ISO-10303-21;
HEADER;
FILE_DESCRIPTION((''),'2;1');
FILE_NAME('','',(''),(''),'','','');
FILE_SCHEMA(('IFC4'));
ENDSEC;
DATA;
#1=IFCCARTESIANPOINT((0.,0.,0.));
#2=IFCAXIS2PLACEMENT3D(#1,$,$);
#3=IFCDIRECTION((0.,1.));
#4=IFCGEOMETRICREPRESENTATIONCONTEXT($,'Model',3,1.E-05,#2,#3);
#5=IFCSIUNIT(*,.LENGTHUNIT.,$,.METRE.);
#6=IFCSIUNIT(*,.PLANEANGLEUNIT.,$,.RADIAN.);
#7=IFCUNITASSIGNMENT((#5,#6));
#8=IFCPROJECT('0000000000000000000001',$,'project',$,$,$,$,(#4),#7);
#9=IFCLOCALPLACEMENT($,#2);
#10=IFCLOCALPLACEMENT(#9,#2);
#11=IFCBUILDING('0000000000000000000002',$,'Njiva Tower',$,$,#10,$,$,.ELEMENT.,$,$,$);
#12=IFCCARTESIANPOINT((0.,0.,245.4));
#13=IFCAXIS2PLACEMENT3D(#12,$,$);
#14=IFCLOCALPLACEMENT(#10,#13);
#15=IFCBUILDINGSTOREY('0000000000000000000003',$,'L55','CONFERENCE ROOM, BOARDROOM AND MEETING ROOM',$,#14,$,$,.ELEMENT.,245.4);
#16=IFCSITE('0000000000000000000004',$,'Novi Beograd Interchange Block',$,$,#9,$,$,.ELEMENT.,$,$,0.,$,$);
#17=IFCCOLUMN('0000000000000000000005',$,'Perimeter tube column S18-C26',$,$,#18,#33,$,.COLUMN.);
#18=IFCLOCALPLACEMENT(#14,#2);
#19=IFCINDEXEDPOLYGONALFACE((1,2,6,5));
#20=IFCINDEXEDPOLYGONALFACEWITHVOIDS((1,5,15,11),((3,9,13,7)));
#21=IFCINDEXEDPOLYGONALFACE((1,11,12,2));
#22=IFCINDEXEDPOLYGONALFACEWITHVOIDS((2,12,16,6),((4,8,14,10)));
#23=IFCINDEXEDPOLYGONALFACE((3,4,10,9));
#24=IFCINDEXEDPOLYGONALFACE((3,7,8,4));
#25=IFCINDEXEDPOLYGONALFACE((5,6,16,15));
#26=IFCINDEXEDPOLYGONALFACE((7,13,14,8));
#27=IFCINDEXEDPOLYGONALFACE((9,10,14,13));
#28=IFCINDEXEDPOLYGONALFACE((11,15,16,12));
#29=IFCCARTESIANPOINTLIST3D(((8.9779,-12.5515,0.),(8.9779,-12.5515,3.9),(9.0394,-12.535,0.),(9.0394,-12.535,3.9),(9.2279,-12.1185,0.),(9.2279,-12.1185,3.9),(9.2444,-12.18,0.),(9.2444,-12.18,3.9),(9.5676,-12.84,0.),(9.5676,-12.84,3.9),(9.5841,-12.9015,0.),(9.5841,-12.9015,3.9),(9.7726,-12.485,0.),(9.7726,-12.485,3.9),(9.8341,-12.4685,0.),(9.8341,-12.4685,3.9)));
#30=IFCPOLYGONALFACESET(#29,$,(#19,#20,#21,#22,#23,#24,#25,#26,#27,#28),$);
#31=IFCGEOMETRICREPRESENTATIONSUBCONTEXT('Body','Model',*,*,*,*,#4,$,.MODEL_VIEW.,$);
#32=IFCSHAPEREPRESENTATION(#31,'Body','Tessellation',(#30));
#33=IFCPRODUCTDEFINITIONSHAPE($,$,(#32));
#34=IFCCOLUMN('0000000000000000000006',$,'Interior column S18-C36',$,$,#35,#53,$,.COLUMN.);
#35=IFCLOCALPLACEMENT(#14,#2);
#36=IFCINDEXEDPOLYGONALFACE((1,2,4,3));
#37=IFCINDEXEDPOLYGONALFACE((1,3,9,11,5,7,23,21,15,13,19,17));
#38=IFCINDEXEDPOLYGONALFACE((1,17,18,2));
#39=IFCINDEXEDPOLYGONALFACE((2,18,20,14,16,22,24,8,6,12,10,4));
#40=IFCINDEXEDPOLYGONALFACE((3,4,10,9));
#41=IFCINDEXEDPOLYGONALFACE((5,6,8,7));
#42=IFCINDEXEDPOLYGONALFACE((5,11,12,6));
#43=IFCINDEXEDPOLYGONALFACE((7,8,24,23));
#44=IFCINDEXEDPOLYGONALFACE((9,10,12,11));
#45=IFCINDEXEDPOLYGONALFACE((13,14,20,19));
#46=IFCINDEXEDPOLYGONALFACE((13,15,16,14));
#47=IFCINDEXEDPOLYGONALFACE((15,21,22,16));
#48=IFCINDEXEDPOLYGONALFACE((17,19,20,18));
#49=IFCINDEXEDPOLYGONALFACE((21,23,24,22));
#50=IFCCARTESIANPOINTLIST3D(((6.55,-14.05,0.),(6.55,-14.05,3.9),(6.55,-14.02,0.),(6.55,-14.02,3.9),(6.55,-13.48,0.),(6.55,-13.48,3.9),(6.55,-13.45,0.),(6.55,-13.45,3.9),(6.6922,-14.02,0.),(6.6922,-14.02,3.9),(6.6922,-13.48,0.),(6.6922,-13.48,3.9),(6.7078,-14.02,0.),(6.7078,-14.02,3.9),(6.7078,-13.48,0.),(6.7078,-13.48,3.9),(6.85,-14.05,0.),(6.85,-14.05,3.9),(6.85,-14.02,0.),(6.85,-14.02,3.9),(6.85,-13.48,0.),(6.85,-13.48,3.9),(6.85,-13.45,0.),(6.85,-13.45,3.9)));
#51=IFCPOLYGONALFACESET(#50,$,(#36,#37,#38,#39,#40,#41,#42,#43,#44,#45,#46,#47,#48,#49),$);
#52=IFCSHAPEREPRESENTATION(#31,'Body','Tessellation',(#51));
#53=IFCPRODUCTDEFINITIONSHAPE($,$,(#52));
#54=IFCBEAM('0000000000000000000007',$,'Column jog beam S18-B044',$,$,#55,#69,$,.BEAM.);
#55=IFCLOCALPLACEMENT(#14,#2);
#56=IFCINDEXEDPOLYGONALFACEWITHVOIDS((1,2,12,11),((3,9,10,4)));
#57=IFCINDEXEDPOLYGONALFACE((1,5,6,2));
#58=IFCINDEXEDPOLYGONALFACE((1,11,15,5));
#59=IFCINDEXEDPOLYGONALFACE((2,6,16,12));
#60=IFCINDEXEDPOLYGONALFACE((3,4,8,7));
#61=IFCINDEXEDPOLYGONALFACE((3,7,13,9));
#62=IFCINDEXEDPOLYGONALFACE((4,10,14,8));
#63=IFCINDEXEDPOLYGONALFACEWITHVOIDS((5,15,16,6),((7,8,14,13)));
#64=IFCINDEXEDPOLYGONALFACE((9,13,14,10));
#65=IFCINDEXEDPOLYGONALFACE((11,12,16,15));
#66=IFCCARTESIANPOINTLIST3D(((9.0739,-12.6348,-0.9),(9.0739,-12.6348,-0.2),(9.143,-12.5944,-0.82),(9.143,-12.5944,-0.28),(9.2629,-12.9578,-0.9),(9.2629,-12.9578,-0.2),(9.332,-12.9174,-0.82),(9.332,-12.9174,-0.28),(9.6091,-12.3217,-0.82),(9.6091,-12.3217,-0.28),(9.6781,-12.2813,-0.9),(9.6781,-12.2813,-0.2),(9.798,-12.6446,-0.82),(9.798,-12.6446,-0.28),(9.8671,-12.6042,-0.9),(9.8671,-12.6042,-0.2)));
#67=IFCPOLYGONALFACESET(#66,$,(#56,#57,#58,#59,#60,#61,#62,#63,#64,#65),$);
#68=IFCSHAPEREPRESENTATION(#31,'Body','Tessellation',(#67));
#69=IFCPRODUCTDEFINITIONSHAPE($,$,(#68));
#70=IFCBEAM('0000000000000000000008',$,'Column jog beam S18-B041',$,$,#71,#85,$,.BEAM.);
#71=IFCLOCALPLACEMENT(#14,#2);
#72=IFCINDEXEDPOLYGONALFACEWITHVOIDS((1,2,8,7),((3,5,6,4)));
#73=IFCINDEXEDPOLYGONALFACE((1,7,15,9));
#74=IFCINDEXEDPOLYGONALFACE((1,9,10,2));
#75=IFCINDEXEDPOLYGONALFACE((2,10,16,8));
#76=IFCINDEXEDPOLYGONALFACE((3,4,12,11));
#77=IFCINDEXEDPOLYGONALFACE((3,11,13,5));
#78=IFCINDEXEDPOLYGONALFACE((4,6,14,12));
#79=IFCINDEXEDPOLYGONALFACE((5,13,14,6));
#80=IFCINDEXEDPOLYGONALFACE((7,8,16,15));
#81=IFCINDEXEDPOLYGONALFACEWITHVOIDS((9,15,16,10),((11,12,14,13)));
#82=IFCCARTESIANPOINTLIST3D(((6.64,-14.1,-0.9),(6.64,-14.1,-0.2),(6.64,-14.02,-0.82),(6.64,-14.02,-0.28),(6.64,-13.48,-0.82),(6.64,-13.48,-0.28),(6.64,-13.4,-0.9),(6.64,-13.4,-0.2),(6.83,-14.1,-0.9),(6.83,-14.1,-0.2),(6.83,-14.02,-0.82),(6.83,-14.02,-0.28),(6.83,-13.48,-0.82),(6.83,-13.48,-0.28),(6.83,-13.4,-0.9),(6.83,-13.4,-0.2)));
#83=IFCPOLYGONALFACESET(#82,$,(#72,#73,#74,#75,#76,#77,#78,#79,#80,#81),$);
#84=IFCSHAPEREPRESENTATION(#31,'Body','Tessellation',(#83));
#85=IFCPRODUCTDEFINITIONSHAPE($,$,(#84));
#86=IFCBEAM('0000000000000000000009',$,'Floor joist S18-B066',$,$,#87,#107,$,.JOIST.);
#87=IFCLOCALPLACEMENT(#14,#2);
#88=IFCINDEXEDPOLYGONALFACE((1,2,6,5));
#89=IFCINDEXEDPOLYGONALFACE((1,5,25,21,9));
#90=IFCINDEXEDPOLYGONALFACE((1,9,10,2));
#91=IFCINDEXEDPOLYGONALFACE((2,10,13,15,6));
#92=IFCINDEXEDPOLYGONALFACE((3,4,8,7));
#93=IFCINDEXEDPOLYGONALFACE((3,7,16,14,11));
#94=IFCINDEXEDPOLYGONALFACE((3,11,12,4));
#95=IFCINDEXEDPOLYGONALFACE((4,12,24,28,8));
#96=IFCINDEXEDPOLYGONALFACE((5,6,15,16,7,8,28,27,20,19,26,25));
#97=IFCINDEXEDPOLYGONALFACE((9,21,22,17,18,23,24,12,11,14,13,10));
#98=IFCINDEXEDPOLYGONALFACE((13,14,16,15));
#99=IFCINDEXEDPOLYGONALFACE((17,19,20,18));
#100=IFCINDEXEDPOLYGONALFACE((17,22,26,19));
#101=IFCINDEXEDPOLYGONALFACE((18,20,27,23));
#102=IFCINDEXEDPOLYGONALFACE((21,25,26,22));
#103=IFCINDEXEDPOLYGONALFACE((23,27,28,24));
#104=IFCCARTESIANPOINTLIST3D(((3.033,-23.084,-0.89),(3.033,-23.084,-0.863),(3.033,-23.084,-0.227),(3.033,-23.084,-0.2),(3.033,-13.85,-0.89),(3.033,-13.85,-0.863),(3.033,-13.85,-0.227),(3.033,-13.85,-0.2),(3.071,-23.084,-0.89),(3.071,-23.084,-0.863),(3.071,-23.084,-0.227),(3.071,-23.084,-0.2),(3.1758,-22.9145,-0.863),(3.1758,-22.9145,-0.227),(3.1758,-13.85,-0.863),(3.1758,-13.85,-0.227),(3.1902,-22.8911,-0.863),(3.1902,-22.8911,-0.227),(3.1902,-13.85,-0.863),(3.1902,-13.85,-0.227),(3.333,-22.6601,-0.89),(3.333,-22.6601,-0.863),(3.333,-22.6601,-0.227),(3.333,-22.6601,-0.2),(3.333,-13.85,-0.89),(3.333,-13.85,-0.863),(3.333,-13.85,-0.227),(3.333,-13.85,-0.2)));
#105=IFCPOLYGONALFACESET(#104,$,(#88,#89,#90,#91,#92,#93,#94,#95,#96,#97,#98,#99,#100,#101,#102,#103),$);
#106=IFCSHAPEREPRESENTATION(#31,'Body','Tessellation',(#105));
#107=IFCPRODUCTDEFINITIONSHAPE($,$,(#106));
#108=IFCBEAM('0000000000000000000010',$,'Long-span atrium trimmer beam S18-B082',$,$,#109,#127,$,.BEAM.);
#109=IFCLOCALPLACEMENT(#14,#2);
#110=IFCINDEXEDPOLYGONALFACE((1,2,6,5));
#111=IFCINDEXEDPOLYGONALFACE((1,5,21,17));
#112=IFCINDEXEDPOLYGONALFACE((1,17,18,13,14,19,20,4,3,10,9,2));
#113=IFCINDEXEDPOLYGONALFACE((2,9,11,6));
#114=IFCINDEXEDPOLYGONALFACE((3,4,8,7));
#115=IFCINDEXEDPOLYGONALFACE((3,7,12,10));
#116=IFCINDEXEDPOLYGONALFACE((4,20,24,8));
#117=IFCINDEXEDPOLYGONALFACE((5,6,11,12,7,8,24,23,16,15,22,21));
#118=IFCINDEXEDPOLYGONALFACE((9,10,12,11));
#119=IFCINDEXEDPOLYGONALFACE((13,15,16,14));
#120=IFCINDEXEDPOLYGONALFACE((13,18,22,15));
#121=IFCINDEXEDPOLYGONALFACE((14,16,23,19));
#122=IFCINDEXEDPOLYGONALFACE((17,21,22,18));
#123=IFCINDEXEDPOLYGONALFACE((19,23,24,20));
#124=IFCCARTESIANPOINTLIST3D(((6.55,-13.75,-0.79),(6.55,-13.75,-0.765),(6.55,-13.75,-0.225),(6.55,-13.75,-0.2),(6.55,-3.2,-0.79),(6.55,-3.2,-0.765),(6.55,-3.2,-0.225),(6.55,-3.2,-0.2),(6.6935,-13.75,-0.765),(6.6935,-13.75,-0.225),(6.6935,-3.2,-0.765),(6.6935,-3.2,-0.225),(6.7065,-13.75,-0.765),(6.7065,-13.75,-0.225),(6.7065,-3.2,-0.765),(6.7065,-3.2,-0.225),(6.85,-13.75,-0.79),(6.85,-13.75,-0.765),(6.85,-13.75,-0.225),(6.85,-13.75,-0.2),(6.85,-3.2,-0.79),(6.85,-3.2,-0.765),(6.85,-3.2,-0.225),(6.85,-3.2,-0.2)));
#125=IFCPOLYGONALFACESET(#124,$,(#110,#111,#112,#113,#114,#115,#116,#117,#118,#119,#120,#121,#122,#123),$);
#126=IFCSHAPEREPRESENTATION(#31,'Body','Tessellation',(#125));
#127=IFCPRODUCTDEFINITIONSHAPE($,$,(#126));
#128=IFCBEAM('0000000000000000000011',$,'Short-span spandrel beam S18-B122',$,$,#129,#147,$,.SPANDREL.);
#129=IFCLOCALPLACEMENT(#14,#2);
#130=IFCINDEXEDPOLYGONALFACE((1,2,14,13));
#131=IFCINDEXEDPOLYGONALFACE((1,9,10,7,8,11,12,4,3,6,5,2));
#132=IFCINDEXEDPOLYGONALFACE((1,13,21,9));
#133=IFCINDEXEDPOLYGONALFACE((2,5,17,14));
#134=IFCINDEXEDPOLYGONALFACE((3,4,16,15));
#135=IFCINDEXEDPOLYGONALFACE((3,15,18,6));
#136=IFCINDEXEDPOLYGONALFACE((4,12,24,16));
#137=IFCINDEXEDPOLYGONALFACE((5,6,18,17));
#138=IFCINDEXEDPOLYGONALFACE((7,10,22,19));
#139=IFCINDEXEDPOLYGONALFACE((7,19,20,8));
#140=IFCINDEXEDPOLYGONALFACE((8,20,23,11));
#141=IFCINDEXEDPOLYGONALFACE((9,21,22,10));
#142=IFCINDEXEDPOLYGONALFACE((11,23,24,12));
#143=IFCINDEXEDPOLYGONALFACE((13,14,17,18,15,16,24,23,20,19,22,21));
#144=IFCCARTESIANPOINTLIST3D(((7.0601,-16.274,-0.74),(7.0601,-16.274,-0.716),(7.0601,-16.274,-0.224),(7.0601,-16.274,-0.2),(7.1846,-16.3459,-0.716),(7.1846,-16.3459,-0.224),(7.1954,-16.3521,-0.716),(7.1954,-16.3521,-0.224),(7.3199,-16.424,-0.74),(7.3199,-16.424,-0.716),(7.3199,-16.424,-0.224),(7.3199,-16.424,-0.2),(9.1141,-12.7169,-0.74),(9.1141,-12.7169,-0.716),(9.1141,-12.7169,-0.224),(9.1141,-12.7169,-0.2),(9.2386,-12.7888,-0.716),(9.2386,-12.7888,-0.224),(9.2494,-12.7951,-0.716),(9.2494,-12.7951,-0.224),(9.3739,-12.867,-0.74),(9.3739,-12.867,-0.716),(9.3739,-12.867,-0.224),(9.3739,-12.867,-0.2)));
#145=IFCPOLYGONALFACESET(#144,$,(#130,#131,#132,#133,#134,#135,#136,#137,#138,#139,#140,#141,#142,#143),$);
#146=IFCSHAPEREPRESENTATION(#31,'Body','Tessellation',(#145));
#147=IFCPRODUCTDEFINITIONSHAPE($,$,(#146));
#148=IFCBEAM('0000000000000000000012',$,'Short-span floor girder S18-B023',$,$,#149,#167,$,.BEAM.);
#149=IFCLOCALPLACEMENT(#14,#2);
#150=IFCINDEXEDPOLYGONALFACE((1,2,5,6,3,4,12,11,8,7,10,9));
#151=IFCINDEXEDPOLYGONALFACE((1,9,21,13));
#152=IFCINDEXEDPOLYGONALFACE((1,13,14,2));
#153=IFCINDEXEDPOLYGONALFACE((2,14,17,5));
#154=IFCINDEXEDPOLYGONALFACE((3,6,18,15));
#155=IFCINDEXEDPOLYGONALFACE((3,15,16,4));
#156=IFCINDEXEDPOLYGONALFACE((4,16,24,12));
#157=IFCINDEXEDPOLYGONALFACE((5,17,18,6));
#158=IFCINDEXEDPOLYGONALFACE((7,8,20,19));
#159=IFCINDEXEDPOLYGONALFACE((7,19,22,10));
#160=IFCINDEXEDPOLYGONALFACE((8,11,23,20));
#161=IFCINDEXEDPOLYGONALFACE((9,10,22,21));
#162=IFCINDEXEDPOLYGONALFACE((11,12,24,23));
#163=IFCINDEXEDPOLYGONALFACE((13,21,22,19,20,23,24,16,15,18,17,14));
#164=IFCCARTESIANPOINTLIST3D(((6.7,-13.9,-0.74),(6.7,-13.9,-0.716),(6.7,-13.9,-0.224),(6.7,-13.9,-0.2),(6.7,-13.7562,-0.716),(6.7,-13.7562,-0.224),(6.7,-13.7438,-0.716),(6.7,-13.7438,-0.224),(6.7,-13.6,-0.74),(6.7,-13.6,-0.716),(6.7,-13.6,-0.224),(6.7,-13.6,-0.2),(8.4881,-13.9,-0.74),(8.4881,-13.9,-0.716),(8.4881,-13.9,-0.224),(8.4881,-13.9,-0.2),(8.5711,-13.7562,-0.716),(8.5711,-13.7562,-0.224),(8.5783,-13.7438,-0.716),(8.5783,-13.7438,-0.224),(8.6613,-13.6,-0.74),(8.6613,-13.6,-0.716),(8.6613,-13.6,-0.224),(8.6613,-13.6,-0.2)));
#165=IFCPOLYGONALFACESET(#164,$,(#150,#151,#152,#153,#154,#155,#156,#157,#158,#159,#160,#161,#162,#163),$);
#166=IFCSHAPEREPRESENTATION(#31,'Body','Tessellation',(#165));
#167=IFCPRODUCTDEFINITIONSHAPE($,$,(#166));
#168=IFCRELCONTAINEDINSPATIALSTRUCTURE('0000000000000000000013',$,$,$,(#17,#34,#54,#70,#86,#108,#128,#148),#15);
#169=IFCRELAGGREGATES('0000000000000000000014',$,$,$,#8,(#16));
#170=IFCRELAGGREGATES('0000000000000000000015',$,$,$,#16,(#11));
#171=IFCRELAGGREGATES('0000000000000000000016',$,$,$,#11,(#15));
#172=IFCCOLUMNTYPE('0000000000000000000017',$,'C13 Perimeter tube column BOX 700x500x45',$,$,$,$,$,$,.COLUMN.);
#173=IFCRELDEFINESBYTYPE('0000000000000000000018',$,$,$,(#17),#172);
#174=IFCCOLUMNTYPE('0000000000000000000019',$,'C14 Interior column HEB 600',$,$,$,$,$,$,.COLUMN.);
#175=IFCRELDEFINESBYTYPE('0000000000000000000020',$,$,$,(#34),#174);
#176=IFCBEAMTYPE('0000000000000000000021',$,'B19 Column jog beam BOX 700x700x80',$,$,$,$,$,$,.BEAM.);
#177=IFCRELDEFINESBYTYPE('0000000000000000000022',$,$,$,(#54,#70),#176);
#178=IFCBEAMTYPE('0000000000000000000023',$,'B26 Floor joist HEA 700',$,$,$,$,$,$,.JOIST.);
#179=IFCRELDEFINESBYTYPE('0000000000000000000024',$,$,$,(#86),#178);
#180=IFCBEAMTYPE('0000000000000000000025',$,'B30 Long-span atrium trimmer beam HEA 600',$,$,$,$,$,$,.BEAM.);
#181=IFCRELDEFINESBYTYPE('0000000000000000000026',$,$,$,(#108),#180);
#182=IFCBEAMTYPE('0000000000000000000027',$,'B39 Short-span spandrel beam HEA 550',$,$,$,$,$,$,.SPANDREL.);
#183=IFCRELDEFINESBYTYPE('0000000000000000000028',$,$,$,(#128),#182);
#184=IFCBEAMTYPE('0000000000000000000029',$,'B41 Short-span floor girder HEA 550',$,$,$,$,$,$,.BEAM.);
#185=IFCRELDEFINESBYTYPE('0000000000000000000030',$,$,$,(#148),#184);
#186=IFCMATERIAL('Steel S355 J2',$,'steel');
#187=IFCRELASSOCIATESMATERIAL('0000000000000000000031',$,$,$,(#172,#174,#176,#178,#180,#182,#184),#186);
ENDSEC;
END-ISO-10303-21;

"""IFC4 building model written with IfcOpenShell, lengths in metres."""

from ifc_helpers import new_model, si_unit, direction, frame, origin, origin_2d, place, context, subcontext, project, spatial, hollow_rectangle, i_section, extrude, clip, halfspace, material, material_profile, profile_set, type_object, element, save


model = new_model("IFC4")

# Units and contexts
model_context = context("Model", 3, precision=1e-05, world=origin(), true_north=direction((0.0, 1.0)))
body_context = subcontext(model_context, "Body", "Model", "MODEL_VIEW")
ifc_project = project(units=[si_unit("LENGTHUNIT", "METRE"), si_unit("PLANEANGLEUNIT", "RADIAN")], contexts=[model_context])

# Site, building, storey
site_placement = place(None, origin())
site = spatial("IfcSite", under=ifc_project, at=site_placement, Name="Novi Beograd Interchange Block", CompositionType="ELEMENT", RefElevation=0.0)
building_placement = place(site_placement, origin())
building = spatial("IfcBuilding", under=site, at=building_placement, Name="Njiva Tower", CompositionType="ELEMENT")
storey_placement = place(building_placement, frame((0.0, 0.0, 245.4)))
storey = spatial("IfcBuildingStorey", under=building, at=storey_placement, Name="L55", Description="CONFERENCE ROOM, BOARDROOM AND MEETING ROOM", CompositionType="ELEMENT", Elevation=245.4)

# Columns
ifc_material_1 = material(Name="Steel S355 J2", Category="steel")
ifc_material_profile_1 = material_profile(ifc_material_1, hollow_rectangle(XDim=0.5, YDim=0.7, WallThickness=0.045, at=origin_2d()), Name="BOX 700x500x45")
ifc_profile_set_1 = profile_set([ifc_material_profile_1], Name="Steel S355 J2")
column_type_1 = type_object("IfcColumnType", Name="C13 Perimeter tube column BOX 700x500x45", PredefinedType="COLUMN", material=ifc_profile_set_1)
column_1_placement = place(storey_placement, frame((9.406, -12.51, 0.0), z_axis=(0.0, 0.0, 1.0), x_axis=(0.5, 0.866025, 0.0)))
element("IfcColumn", 1, at=column_1_placement, inside=storey, type_object=column_type_1, Name="Perimeter tube column S18-C26", PredefinedType="COLUMN", context=body_context, shape_type="SweptSolid", body=[
    extrude(hollow_rectangle(XDim=0.5, YDim=0.7, WallThickness=0.045, at=origin_2d()), origin(), (0.0, 0.0, 1.0), 3.9),
])
ifc_material_profile_2 = material_profile(ifc_material_1, i_section(OverallWidth=0.3, OverallDepth=0.6, WebThickness=0.0155, FlangeThickness=0.03, at=origin_2d()), Name="HEB 600")
ifc_profile_set_2 = profile_set([ifc_material_profile_2], Name="Steel S355 J2")
column_type_2 = type_object("IfcColumnType", Name="C14 Interior column HEB 600", PredefinedType="COLUMN", material=ifc_profile_set_2)
column_2_placement = place(storey_placement, frame((6.7, -13.75, 0.0), z_axis=(0.0, 0.0, 1.0), x_axis=(1.0, 0.0, 0.0)))
element("IfcColumn", 2, at=column_2_placement, inside=storey, type_object=column_type_2, Name="Interior column S18-C36", PredefinedType="COLUMN", context=body_context, shape_type="SweptSolid", body=[
    extrude(i_section(OverallWidth=0.3, OverallDepth=0.6, WebThickness=0.0155, FlangeThickness=0.03, at=origin_2d()), origin(), (0.0, 0.0, 1.0), 3.9),
])

# Beams
ifc_material_profile_3 = material_profile(ifc_material_1, hollow_rectangle(XDim=0.7, YDim=0.7, WallThickness=0.08, at=origin_2d()), Name="BOX 700x700x80")
ifc_profile_set_3 = profile_set([ifc_material_profile_3], Name="Steel S355 J2")
beam_type_1 = type_object("IfcBeamType", Name="B19 Column jog beam BOX 700x700x80", PredefinedType="BEAM", material=ifc_profile_set_3)
beam_1_placement = place(storey_placement, frame((9.565, -12.781, -0.55), z_axis=(-0.505034, 0.8631, 0.0), x_axis=(-0.8631, -0.505034, 0.0)))
element("IfcBeam", 3, at=beam_1_placement, inside=storey, type_object=beam_type_1, Name="Column jog beam S18-B044", PredefinedType="BEAM", context=body_context, shape_type="SweptSolid", body=[
    extrude(hollow_rectangle(XDim=0.7, YDim=0.7, WallThickness=0.08, at=origin_2d()), origin(), (0.0, 0.0, 1.0), 0.3742),
])
beam_2_placement = place(storey_placement, frame((6.83, -13.75, -0.55), z_axis=(-1.0, 0.0, 0.0), x_axis=(0.0, -1.0, 0.0)))
element("IfcBeam", 4, at=beam_2_placement, inside=storey, type_object=beam_type_1, Name="Column jog beam S18-B041", PredefinedType="BEAM", context=body_context, shape_type="SweptSolid", body=[
    extrude(hollow_rectangle(XDim=0.7, YDim=0.7, WallThickness=0.08, at=origin_2d()), origin(), (0.0, 0.0, 1.0), 0.19),
])
ifc_material_profile_4 = material_profile(ifc_material_1, i_section(OverallWidth=0.3, OverallDepth=0.69, WebThickness=0.0145, FlangeThickness=0.027, at=origin_2d()), Name="HEA 700")
ifc_profile_set_4 = profile_set([ifc_material_profile_4], Name="Steel S355 J2")
beam_type_2 = type_object("IfcBeamType", Name="B26 Floor joist HEA 700", PredefinedType="JOIST", material=ifc_profile_set_4)
beam_3_placement = place(storey_placement, frame((3.183, -13.85, -0.545), z_axis=(0.0, -1.0, 0.0), x_axis=(1.0, 0.0, 0.0)))
element("IfcBeam", 5, at=beam_3_placement, inside=storey, type_object=beam_type_2, Name="Floor joist S18-B066", PredefinedType="JOIST", context=body_context, shape_type="Clipping", body=[
    clip(extrude(i_section(OverallWidth=0.3, OverallDepth=0.69, WebThickness=0.0145, FlangeThickness=0.027, at=origin_2d()), origin(), (0.0, 0.0, 1.0), 9.234), halfspace(frame((0.0429, 0.0, 8.9834), z_axis=(0.850625, 0.0, 0.525773), x_axis=(0.0, 1.0, 0.0)), False)),
])
ifc_material_profile_5 = material_profile(ifc_material_1, i_section(OverallWidth=0.3, OverallDepth=0.59, WebThickness=0.013, FlangeThickness=0.025, at=origin_2d()), Name="HEA 600")
ifc_profile_set_5 = profile_set([ifc_material_profile_5], Name="Steel S355 J2")
beam_type_3 = type_object("IfcBeamType", Name="B30 Long-span atrium trimmer beam HEA 600", PredefinedType="BEAM", material=ifc_profile_set_5)
beam_4_placement = place(storey_placement, frame((6.7, -13.75, -0.495), z_axis=(0.0, 1.0, 0.0), x_axis=(-1.0, 0.0, 0.0)))
element("IfcBeam", 6, at=beam_4_placement, inside=storey, type_object=beam_type_3, Name="Long-span atrium trimmer beam S18-B082", PredefinedType="BEAM", context=body_context, shape_type="SweptSolid", body=[
    extrude(i_section(OverallWidth=0.3, OverallDepth=0.59, WebThickness=0.013, FlangeThickness=0.025, at=origin_2d()), origin(), (0.0, 0.0, 1.0), 10.55),
])
ifc_material_profile_6 = material_profile(ifc_material_1, i_section(OverallWidth=0.3, OverallDepth=0.54, WebThickness=0.0125, FlangeThickness=0.024, at=origin_2d()), Name="HEA 550")
ifc_profile_set_6 = profile_set([ifc_material_profile_6], Name="Steel S355 J2")
beam_type_4 = type_object("IfcBeamType", Name="B39 Short-span spandrel beam HEA 550", PredefinedType="SPANDREL", material=ifc_profile_set_6)
beam_5_placement = place(storey_placement, frame((7.19, -16.349, -0.47), z_axis=(0.500067, 0.865987, 0.0), x_axis=(-0.865987, 0.500067, 0.0)))
element("IfcBeam", 7, at=beam_5_placement, inside=storey, type_object=beam_type_4, Name="Short-span spandrel beam S18-B122", PredefinedType="SPANDREL", context=body_context, shape_type="SweptSolid", body=[
    extrude(i_section(OverallWidth=0.3, OverallDepth=0.54, WebThickness=0.0125, FlangeThickness=0.024, at=origin_2d()), origin(), (0.0, 0.0, 1.0), 4.1075),
])
ifc_material_profile_7 = material_profile(ifc_material_1, i_section(OverallWidth=0.3, OverallDepth=0.54, WebThickness=0.0125, FlangeThickness=0.024, at=origin_2d()), Name="HEA 550")
ifc_profile_set_7 = profile_set([ifc_material_profile_7], Name="Steel S355 J2")
beam_type_5 = type_object("IfcBeamType", Name="B41 Short-span floor girder HEA 550", PredefinedType="BEAM", material=ifc_profile_set_7)
beam_6_placement = place(storey_placement, frame((6.7, -13.75, -0.47), z_axis=(1.0, 0.0, 0.0), x_axis=(0.0, 1.0, 0.0)))
element("IfcBeam", 8, at=beam_6_placement, inside=storey, type_object=beam_type_5, Name="Short-span floor girder S18-B023", PredefinedType="BEAM", context=body_context, shape_type="Clipping", body=[
    clip(extrude(i_section(OverallWidth=0.3, OverallDepth=0.54, WebThickness=0.0125, FlangeThickness=0.024, at=origin_2d()), origin(), (0.0, 0.0, 1.0), 1.982), halfspace(frame((-0.025, 0.0, 1.8603), z_axis=(-0.499998, 0.0, 0.866027), x_axis=(0.0, 1.0, 0.0)), False)),
])

save(model, "model.ifc")
